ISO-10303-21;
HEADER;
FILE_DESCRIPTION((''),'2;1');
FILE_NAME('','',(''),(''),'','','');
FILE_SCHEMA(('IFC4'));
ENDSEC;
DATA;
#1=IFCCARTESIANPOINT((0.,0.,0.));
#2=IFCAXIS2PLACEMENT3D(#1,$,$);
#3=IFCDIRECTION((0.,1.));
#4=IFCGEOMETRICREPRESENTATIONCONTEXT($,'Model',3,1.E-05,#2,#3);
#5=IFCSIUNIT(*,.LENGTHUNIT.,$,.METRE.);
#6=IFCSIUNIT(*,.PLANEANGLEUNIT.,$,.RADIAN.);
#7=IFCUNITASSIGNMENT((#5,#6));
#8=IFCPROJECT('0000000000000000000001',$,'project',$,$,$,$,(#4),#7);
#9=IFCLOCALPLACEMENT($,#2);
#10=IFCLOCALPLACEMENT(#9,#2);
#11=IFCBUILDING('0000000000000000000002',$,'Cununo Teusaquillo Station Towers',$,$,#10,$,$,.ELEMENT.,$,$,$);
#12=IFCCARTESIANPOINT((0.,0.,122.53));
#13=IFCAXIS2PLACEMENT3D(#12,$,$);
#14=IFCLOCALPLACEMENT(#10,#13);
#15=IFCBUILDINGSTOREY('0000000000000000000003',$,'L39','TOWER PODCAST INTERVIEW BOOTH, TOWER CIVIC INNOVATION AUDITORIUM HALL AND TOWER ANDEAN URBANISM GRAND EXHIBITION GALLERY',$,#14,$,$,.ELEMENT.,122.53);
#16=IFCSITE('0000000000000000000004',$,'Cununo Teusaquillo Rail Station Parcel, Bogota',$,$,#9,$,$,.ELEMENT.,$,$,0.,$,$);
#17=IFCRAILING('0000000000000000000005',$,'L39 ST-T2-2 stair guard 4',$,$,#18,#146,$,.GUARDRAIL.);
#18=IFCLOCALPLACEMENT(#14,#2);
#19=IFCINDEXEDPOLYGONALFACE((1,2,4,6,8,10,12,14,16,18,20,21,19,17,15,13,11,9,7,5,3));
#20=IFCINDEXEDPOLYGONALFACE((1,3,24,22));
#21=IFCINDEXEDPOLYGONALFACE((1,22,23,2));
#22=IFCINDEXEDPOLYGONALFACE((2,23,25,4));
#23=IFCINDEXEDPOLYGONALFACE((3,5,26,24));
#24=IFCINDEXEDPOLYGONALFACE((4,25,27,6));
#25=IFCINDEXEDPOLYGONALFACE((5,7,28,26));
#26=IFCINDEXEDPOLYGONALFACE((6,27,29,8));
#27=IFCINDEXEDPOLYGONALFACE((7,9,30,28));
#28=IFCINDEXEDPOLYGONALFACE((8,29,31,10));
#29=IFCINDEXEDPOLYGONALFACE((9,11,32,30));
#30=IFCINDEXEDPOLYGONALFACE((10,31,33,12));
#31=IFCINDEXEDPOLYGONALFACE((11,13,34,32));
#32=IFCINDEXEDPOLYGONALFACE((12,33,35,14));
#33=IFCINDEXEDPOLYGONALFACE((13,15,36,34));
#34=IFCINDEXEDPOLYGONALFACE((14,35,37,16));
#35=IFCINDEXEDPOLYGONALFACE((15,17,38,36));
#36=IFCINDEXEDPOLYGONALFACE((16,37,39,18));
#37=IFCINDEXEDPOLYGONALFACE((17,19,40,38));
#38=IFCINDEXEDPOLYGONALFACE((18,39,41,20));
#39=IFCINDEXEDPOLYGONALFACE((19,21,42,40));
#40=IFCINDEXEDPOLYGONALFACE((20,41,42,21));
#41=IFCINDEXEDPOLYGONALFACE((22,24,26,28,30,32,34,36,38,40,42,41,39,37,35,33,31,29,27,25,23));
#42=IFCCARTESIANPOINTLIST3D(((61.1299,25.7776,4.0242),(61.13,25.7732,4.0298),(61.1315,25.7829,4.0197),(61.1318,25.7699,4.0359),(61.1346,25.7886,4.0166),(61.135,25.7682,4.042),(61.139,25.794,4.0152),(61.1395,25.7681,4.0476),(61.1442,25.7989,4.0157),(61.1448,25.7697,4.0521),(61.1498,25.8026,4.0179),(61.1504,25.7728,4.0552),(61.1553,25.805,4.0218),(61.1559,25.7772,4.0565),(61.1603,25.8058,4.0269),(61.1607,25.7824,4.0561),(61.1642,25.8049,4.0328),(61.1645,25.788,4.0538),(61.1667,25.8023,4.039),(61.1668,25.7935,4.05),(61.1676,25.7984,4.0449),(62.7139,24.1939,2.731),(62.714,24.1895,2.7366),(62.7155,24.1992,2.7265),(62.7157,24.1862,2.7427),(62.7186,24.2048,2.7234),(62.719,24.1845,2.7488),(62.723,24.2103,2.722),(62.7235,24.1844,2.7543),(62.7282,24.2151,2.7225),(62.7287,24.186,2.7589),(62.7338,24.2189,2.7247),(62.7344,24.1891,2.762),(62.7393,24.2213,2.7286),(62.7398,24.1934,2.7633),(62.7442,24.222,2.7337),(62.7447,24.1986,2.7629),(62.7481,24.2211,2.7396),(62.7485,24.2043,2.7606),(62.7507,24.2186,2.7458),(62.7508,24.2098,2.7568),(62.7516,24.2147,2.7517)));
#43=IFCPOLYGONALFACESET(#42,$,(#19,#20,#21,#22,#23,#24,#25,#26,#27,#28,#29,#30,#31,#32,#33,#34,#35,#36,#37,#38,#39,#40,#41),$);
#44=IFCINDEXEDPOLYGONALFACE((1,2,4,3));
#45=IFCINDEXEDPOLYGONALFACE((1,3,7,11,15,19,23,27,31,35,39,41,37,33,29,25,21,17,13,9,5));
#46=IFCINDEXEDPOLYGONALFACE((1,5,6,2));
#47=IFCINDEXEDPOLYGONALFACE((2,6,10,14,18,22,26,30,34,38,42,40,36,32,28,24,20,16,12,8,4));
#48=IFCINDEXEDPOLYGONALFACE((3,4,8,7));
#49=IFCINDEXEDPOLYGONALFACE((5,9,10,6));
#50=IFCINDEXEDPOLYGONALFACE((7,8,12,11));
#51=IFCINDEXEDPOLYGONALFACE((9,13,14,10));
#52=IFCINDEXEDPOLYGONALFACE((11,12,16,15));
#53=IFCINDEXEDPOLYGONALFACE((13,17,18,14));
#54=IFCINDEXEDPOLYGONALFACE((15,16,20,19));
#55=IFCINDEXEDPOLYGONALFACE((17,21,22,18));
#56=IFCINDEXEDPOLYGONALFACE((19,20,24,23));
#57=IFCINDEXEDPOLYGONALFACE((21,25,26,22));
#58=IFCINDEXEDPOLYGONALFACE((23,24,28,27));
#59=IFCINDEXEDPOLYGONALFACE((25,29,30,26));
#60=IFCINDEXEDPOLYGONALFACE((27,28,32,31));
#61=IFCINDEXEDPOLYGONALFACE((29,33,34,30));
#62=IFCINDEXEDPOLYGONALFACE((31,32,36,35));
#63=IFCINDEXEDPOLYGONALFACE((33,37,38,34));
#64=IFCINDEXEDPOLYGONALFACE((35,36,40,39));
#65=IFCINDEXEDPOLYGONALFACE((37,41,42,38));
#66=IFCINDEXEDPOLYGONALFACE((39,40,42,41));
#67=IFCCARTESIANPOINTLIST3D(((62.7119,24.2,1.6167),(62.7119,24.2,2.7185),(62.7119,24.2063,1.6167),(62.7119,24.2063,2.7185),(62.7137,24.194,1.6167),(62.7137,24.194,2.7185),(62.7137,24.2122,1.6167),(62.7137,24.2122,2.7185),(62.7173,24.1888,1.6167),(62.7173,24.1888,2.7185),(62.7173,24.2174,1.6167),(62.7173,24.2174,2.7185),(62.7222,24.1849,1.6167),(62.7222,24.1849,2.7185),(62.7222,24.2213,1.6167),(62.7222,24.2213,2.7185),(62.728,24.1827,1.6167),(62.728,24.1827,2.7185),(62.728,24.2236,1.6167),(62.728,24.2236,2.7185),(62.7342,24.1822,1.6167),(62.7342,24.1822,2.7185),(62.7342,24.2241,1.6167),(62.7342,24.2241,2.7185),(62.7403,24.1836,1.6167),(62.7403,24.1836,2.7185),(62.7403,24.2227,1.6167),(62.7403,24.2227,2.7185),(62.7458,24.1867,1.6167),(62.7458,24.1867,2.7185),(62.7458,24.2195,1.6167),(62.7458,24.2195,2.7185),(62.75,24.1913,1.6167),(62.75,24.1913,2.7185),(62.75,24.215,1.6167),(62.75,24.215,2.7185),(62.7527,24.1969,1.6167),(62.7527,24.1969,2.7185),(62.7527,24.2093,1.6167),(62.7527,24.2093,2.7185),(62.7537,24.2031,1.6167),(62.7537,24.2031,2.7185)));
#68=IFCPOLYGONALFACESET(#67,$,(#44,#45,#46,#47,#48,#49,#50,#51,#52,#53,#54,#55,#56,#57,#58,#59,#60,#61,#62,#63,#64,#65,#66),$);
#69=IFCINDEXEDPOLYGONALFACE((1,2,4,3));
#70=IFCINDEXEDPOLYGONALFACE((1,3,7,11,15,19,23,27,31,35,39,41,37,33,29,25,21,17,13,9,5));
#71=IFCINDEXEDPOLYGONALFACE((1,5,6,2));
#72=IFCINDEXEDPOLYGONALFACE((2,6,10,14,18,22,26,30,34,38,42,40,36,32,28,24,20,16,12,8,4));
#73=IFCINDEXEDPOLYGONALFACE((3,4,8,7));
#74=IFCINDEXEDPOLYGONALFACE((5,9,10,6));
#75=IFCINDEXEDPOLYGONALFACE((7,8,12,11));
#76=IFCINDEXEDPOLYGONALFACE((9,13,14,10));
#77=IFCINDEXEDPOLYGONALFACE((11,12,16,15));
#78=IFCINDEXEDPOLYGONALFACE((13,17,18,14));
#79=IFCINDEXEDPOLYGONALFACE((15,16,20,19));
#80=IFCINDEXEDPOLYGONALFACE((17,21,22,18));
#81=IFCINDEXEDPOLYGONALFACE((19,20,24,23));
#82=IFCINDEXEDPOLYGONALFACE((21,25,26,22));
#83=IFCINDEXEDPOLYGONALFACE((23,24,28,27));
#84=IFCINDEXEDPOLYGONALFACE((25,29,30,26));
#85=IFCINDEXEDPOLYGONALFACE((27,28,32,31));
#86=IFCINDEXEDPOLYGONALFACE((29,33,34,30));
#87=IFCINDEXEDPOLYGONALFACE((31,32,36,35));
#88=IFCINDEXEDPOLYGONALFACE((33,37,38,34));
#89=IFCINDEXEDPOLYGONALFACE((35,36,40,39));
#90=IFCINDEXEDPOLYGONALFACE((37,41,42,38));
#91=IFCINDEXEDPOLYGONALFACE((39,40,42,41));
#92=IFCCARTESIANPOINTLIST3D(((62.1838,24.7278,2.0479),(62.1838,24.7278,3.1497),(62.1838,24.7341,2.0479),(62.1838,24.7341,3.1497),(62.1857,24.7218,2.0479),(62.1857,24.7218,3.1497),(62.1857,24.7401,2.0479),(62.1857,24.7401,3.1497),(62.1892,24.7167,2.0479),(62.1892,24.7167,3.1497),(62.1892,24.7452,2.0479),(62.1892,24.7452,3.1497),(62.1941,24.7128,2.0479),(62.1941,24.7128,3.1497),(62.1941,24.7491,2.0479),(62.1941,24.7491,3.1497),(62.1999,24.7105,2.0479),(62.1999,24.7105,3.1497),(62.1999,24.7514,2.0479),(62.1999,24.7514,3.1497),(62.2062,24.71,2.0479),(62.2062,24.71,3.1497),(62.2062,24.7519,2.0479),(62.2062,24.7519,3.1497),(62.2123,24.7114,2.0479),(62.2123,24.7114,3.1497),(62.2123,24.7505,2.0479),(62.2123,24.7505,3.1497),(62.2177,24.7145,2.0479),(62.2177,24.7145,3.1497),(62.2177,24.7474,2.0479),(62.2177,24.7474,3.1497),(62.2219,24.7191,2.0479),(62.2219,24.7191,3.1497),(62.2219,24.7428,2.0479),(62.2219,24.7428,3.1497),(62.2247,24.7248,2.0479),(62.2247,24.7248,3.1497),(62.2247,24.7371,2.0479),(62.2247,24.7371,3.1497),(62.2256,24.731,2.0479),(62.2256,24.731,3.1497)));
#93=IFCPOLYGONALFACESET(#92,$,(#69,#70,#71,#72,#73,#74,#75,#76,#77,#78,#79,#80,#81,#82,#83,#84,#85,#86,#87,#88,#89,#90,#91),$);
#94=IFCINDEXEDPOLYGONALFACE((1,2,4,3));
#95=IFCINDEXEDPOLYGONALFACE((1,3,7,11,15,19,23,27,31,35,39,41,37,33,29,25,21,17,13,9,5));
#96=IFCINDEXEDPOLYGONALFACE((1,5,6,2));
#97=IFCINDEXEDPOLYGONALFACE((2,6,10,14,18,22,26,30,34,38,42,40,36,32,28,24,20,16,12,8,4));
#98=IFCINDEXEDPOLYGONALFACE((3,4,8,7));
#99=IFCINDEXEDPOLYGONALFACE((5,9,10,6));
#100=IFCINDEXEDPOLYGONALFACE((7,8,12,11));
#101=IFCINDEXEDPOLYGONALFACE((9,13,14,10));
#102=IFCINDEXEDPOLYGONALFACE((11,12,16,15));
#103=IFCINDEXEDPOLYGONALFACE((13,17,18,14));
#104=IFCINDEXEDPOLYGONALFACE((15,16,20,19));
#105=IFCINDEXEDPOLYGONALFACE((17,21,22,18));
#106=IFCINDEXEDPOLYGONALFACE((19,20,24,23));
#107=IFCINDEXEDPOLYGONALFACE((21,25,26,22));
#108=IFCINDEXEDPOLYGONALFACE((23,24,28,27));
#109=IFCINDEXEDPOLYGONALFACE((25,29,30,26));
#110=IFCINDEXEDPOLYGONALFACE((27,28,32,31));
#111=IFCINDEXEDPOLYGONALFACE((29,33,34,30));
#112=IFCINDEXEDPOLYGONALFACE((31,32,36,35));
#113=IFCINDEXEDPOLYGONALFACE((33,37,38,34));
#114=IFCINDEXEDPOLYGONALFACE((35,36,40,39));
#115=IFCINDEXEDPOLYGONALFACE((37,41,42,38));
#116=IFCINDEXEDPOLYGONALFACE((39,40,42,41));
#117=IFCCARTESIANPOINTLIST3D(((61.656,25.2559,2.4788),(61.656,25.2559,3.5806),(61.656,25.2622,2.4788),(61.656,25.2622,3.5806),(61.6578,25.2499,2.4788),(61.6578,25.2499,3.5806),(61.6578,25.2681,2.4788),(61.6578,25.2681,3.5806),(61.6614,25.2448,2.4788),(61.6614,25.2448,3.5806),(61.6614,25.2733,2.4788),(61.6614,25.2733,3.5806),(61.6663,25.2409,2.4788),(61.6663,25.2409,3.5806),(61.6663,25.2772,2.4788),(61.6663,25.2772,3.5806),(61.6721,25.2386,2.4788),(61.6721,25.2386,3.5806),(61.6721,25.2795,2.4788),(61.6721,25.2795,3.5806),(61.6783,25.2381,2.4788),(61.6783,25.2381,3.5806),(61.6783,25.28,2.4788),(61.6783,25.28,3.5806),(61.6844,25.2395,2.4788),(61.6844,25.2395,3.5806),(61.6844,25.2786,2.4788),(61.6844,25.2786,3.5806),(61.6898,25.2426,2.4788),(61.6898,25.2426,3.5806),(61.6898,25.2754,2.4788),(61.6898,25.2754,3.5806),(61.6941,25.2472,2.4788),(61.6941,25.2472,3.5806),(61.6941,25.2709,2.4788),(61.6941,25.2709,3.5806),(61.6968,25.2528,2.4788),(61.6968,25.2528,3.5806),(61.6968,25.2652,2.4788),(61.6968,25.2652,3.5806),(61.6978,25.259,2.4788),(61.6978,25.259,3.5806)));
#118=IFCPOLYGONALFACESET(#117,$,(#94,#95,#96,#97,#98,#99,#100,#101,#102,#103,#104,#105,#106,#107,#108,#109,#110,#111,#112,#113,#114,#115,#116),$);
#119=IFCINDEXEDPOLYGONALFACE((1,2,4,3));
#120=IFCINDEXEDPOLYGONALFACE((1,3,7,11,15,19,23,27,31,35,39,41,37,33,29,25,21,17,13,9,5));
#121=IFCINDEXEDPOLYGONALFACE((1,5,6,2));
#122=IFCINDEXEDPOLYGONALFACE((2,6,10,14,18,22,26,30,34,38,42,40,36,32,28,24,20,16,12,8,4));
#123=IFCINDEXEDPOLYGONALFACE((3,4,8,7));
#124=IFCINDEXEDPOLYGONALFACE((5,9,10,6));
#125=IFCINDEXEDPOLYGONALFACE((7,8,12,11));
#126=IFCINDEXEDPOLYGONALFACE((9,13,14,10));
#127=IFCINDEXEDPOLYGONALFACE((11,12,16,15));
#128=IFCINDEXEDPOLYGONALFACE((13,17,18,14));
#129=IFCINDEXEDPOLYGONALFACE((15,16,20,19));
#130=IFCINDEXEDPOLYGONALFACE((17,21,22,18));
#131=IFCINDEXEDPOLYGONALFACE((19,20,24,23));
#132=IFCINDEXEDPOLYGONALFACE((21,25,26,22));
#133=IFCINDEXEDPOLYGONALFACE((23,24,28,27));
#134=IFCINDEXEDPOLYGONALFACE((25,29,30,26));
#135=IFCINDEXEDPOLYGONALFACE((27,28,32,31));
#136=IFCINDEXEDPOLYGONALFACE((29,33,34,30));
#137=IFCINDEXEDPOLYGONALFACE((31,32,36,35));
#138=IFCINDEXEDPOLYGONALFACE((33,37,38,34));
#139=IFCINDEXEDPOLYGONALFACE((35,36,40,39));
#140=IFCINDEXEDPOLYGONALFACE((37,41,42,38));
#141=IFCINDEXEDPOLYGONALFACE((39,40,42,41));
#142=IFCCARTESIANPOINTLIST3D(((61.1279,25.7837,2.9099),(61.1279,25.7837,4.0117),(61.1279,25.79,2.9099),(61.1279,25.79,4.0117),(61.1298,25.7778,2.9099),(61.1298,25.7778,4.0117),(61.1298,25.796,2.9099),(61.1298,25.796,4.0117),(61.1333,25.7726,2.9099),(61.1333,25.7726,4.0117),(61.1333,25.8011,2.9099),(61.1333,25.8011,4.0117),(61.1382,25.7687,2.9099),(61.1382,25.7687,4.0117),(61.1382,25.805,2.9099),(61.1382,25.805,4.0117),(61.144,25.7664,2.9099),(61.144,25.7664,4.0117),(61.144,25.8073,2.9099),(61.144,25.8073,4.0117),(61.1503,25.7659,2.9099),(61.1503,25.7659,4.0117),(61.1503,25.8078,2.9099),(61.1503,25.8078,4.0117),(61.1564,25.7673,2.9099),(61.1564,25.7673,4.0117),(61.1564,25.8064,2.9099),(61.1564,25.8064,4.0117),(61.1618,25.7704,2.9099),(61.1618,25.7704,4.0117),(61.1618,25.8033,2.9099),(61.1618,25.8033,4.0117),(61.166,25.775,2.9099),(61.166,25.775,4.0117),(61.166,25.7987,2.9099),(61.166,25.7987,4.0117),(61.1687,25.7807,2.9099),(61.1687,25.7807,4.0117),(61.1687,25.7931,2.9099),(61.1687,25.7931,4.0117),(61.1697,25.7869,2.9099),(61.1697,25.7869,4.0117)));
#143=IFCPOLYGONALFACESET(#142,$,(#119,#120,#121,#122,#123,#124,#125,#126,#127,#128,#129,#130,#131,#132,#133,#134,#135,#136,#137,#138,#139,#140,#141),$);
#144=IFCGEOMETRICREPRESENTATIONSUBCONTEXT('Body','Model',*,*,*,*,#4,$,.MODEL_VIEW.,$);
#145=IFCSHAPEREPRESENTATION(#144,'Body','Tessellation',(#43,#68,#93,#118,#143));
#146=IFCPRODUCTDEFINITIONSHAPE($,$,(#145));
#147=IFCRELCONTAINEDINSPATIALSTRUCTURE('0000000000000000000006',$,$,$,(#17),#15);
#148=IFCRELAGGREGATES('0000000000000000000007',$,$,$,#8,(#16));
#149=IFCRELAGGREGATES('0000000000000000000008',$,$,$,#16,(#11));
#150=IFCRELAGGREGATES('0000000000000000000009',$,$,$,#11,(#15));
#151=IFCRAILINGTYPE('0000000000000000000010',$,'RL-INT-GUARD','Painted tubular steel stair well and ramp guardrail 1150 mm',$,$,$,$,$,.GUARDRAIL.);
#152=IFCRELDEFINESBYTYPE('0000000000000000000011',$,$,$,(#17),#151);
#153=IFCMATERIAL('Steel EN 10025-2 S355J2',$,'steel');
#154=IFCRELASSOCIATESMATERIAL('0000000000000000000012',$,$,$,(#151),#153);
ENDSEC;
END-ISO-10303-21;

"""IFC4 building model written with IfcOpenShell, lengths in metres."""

from ifc_helpers import new_model, si_unit, direction, frame, origin, origin_2d, place, context, subcontext, project, spatial, circle, extrude, material, type_object, element, save


model = new_model("IFC4")

# Units and contexts
model_context = context("Model", 3, precision=1e-05, world=origin(), true_north=direction((0.0, 1.0)))
body_context = subcontext(model_context, "Body", "Model", "MODEL_VIEW")
ifc_project = project(units=[si_unit("LENGTHUNIT", "METRE"), si_unit("PLANEANGLEUNIT", "RADIAN")], contexts=[model_context])

# Site, building, storey
site_placement = place(None, origin())
site = spatial("IfcSite", under=ifc_project, at=site_placement, Name="Cununo Teusaquillo Rail Station Parcel, Bogota", CompositionType="ELEMENT", RefElevation=0.0)
building_placement = place(site_placement, origin())
building = spatial("IfcBuilding", under=site, at=building_placement, Name="Cununo Teusaquillo Station Towers", CompositionType="ELEMENT")
storey_placement = place(building_placement, frame((0.0, 0.0, 122.53)))
storey = spatial("IfcBuildingStorey", under=building, at=storey_placement, Name="L39", Description="TOWER PODCAST INTERVIEW BOOTH, TOWER CIVIC INNOVATION AUDITORIUM HALL AND TOWER ANDEAN URBANISM GRAND EXHIBITION GALLERY", CompositionType="ELEMENT", Elevation=122.53)

# Railing
ifc_material_1 = material(Name="Steel EN 10025-2 S355J2", Category="steel")
railing_type = type_object("IfcRailingType", Name="RL-INT-GUARD", Description="Painted tubular steel stair well and ramp guardrail 1150 mm", PredefinedType="GUARDRAIL", material=ifc_material_1)
railing_1_placement = place(storey_placement, frame((62.7327, 24.2031, 1.6167)))
element("IfcRailing", 1, at=railing_1_placement, inside=storey, type_object=railing_type, Name="L39 ST-T2-2 stair guard 4", PredefinedType="GUARDRAIL", context=body_context, shape_type="SweptSolid", body=[
    extrude(circle(Radius=0.0239, at=origin_2d()), frame((0.0, 0.0, 1.126), z_axis=(-0.61242, 0.612326, 0.499998), x_axis=(-0.707052, -0.707161, 0.0)), (0.0, 0.0, 1.0), 2.5864),
    extrude(circle(Radius=0.021, at=origin_2d()), origin(), (0.0, 0.0, 1.0), 1.1018),
    extrude(circle(Radius=0.021, at=origin_2d()), frame((-0.5281, 0.5278, 0.4312)), (0.0, 0.0, 1.0), 1.1018),
    extrude(circle(Radius=0.021, at=origin_2d()), frame((-1.0559, 1.0559, 0.8621)), (0.0, 0.0, 1.0), 1.1018),
    extrude(circle(Radius=0.021, at=origin_2d()), frame((-1.584, 1.5837, 1.2932)), (0.0, 0.0, 1.0), 1.1018),
])

save(model, "model.ifc")
